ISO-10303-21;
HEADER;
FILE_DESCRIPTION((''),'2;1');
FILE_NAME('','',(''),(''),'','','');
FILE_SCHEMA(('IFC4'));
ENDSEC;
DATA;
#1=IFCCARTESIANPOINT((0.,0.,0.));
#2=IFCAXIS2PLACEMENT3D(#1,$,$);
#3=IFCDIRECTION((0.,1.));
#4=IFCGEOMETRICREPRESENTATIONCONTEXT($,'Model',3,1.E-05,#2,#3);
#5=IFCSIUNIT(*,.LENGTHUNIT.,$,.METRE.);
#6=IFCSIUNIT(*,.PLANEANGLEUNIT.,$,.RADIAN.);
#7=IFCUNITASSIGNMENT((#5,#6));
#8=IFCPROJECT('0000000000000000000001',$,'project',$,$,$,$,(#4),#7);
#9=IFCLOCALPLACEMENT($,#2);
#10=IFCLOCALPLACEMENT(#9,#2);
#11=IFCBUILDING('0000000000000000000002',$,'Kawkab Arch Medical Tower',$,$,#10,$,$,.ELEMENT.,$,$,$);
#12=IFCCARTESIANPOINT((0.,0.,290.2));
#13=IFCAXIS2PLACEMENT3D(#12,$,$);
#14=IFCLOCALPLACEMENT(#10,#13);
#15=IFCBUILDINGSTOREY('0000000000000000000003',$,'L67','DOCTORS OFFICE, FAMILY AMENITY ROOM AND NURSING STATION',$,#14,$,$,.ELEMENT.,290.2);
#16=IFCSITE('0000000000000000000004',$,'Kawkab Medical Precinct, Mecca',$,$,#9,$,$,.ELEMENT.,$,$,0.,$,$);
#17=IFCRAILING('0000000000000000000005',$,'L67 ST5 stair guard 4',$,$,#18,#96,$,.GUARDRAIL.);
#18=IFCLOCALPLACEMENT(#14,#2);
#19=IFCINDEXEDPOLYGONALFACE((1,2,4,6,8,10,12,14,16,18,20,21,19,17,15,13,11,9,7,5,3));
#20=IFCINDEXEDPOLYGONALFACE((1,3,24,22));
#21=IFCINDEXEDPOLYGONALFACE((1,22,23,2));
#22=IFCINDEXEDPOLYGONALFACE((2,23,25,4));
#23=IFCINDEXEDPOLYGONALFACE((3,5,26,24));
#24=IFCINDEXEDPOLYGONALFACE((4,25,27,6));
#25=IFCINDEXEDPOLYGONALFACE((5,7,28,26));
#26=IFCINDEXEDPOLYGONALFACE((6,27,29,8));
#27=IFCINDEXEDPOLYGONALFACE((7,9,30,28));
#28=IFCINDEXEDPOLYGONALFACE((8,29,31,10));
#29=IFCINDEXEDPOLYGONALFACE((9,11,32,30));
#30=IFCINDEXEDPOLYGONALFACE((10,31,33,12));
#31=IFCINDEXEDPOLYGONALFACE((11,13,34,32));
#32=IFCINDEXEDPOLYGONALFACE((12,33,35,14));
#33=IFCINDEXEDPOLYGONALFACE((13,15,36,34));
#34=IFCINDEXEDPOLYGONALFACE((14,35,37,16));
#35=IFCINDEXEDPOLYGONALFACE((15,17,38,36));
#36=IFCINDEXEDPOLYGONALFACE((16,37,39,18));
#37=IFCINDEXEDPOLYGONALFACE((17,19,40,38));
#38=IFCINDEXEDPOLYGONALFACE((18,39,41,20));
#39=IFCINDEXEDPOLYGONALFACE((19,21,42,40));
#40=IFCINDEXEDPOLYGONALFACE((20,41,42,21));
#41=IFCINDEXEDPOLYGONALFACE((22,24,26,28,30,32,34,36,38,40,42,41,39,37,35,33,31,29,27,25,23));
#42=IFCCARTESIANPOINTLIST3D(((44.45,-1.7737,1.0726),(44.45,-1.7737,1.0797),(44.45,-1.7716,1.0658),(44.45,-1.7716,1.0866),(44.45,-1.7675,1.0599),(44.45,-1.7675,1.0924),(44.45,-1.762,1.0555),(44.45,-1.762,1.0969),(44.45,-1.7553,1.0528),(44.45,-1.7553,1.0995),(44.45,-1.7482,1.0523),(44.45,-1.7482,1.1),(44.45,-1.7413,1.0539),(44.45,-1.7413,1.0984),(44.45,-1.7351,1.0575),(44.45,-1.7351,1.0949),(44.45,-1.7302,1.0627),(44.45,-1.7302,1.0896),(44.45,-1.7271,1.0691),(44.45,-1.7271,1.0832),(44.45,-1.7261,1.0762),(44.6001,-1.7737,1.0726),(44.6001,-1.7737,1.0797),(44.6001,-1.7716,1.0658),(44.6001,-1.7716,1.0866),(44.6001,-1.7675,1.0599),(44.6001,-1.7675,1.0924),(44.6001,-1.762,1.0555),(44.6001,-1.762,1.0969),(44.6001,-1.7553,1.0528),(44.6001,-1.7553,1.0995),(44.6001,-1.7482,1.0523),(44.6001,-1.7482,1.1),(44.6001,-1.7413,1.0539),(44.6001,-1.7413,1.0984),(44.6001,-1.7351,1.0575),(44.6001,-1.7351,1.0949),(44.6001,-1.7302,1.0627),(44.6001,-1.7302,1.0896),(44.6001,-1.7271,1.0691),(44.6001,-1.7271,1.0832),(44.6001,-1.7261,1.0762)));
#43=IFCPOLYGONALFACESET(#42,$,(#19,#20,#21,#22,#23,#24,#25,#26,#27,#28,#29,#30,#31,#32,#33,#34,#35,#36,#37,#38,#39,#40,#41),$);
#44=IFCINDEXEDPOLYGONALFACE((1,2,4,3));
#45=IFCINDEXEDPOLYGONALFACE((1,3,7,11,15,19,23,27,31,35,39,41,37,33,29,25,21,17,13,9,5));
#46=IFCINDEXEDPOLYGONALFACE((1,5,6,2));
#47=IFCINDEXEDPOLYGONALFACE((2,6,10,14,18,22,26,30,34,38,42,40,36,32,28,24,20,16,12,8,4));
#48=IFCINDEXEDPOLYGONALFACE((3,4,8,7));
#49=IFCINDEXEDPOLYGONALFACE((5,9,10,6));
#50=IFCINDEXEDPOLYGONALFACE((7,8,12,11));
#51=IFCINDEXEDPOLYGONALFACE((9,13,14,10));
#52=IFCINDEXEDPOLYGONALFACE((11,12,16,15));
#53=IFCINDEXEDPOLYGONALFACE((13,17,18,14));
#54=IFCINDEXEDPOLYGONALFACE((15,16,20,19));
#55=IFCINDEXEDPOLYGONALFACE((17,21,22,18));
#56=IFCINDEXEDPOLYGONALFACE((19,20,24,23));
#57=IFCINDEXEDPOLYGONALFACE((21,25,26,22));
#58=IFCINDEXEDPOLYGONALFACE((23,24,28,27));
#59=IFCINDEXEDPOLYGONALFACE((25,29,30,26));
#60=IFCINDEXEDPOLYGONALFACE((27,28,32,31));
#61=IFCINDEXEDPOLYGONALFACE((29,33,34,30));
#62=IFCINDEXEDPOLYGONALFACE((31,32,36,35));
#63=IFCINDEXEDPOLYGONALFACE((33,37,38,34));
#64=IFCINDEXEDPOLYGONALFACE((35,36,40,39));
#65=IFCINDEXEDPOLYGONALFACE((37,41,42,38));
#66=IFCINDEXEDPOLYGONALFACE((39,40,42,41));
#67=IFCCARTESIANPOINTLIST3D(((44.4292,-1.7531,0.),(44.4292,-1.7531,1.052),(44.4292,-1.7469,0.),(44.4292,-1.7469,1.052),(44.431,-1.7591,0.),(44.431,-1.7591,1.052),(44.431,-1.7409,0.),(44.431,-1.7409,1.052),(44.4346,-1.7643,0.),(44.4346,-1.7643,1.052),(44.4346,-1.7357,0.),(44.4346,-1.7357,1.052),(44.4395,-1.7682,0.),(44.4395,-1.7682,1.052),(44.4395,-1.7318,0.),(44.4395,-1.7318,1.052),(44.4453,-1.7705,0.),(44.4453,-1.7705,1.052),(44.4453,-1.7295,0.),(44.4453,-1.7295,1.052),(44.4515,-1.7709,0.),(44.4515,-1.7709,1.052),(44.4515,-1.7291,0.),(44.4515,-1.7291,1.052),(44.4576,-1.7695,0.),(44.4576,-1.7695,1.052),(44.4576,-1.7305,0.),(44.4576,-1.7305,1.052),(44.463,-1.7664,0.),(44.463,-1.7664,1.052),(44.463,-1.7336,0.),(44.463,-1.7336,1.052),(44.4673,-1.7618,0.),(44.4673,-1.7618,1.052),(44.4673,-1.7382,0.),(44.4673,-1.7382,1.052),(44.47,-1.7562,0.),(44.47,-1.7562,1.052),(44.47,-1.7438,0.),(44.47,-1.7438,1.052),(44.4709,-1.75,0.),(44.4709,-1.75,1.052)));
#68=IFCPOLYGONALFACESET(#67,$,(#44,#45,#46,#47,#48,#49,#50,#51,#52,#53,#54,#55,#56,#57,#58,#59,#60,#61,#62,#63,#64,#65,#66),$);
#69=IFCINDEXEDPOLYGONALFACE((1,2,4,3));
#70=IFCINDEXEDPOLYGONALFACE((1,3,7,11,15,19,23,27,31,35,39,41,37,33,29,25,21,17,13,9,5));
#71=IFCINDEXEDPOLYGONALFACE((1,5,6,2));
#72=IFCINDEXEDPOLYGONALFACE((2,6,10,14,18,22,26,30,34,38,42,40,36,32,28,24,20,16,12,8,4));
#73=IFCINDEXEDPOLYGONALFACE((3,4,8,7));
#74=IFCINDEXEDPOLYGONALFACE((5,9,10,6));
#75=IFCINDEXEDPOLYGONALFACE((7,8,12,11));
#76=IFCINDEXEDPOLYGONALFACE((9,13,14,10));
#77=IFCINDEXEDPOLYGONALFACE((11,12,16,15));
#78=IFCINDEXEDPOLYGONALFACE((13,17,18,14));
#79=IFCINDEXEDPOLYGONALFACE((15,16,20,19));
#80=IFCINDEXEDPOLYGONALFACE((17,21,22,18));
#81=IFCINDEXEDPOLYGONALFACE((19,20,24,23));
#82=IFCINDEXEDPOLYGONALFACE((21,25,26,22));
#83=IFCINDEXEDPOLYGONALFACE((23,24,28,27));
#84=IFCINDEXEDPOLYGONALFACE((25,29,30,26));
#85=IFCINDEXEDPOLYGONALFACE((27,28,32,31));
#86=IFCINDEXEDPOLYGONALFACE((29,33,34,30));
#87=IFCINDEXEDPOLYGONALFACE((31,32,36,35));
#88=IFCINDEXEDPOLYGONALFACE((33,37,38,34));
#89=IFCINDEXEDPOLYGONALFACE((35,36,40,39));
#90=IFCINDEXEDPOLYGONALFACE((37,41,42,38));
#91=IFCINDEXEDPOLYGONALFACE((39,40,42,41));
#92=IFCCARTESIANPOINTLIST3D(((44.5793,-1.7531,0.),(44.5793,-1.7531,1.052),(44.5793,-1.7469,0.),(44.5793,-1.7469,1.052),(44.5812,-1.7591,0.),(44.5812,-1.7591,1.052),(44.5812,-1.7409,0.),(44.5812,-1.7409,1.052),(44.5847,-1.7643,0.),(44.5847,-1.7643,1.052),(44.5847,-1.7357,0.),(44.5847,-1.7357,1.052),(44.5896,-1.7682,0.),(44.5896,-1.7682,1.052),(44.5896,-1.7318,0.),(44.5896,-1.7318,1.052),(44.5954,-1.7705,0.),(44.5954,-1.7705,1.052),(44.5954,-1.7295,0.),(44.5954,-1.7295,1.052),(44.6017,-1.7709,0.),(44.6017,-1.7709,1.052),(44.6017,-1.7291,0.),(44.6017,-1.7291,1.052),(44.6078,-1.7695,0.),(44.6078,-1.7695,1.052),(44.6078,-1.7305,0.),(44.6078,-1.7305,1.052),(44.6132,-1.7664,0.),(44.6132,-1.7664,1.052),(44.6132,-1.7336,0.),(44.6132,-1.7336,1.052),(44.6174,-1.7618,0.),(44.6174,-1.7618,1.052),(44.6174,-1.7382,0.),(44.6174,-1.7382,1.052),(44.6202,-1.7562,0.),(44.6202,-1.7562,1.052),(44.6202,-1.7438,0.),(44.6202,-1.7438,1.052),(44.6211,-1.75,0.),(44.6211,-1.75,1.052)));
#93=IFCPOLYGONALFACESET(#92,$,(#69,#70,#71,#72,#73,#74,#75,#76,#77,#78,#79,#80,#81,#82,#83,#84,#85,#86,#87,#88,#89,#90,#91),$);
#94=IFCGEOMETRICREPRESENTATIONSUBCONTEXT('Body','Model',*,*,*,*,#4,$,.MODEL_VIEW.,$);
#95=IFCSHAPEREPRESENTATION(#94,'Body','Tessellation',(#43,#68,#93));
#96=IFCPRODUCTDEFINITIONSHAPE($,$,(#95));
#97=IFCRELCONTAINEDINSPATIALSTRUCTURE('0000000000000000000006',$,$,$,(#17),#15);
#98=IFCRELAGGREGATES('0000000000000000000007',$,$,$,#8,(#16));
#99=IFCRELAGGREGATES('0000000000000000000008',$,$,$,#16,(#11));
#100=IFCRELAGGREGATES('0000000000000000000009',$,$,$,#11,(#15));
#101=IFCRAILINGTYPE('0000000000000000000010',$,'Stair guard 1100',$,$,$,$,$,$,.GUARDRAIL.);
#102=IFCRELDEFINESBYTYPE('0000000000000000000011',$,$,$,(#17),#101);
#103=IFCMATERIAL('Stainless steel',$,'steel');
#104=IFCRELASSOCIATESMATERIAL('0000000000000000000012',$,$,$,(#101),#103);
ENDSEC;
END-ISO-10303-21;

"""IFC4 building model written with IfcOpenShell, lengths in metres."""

from ifc_helpers import new_model, si_unit, direction, frame, origin, origin_2d, place, context, subcontext, project, spatial, circle, extrude, material, type_object, element, save


model = new_model("IFC4")

# Units and contexts
model_context = context("Model", 3, precision=1e-05, world=origin(), true_north=direction((0.0, 1.0)))
body_context = subcontext(model_context, "Body", "Model", "MODEL_VIEW")
ifc_project = project(units=[si_unit("LENGTHUNIT", "METRE"), si_unit("PLANEANGLEUNIT", "RADIAN")], contexts=[model_context])

# Site, building, storey
site_placement = place(None, origin())
site = spatial("IfcSite", under=ifc_project, at=site_placement, Name="Kawkab Medical Precinct, Mecca", CompositionType="ELEMENT", RefElevation=0.0)
building_placement = place(site_placement, origin())
building = spatial("IfcBuilding", under=site, at=building_placement, Name="Kawkab Arch Medical Tower", CompositionType="ELEMENT")
storey_placement = place(building_placement, frame((0.0, 0.0, 290.2)))
storey = spatial("IfcBuildingStorey", under=building, at=storey_placement, Name="L67", Description="DOCTORS OFFICE, FAMILY AMENITY ROOM AND NURSING STATION", CompositionType="ELEMENT", Elevation=290.2)

# Railing
ifc_material_1 = material(Name="Stainless steel", Category="steel")
railing_type_1 = type_object("IfcRailingType", Name="Stair guard 1100", PredefinedType="GUARDRAIL", material=ifc_material_1)
railing_1_placement = place(storey_placement, frame((44.45, -1.75, 0.0)))
element("IfcRailing", 1, at=railing_1_placement, inside=storey, type_object=railing_type_1, Name="L67 ST5 stair guard 4", PredefinedType="GUARDRAIL", context=body_context, shape_type="SweptSolid", body=[
    extrude(circle(Radius=0.0239, at=origin_2d()), frame((0.0, 0.0, 1.0762), z_axis=(1.0, 0.0, 0.0), x_axis=(0.0, 1.0, 0.0)), (0.0, 0.0, 1.0), 0.1501),
    extrude(circle(Radius=0.021, at=origin_2d()), origin(), (0.0, 0.0, 1.0), 1.052),
    extrude(circle(Radius=0.021, at=origin_2d()), frame((0.1501, 0.0, 0.0)), (0.0, 0.0, 1.0), 1.052),
])

save(model, "model.ifc")
